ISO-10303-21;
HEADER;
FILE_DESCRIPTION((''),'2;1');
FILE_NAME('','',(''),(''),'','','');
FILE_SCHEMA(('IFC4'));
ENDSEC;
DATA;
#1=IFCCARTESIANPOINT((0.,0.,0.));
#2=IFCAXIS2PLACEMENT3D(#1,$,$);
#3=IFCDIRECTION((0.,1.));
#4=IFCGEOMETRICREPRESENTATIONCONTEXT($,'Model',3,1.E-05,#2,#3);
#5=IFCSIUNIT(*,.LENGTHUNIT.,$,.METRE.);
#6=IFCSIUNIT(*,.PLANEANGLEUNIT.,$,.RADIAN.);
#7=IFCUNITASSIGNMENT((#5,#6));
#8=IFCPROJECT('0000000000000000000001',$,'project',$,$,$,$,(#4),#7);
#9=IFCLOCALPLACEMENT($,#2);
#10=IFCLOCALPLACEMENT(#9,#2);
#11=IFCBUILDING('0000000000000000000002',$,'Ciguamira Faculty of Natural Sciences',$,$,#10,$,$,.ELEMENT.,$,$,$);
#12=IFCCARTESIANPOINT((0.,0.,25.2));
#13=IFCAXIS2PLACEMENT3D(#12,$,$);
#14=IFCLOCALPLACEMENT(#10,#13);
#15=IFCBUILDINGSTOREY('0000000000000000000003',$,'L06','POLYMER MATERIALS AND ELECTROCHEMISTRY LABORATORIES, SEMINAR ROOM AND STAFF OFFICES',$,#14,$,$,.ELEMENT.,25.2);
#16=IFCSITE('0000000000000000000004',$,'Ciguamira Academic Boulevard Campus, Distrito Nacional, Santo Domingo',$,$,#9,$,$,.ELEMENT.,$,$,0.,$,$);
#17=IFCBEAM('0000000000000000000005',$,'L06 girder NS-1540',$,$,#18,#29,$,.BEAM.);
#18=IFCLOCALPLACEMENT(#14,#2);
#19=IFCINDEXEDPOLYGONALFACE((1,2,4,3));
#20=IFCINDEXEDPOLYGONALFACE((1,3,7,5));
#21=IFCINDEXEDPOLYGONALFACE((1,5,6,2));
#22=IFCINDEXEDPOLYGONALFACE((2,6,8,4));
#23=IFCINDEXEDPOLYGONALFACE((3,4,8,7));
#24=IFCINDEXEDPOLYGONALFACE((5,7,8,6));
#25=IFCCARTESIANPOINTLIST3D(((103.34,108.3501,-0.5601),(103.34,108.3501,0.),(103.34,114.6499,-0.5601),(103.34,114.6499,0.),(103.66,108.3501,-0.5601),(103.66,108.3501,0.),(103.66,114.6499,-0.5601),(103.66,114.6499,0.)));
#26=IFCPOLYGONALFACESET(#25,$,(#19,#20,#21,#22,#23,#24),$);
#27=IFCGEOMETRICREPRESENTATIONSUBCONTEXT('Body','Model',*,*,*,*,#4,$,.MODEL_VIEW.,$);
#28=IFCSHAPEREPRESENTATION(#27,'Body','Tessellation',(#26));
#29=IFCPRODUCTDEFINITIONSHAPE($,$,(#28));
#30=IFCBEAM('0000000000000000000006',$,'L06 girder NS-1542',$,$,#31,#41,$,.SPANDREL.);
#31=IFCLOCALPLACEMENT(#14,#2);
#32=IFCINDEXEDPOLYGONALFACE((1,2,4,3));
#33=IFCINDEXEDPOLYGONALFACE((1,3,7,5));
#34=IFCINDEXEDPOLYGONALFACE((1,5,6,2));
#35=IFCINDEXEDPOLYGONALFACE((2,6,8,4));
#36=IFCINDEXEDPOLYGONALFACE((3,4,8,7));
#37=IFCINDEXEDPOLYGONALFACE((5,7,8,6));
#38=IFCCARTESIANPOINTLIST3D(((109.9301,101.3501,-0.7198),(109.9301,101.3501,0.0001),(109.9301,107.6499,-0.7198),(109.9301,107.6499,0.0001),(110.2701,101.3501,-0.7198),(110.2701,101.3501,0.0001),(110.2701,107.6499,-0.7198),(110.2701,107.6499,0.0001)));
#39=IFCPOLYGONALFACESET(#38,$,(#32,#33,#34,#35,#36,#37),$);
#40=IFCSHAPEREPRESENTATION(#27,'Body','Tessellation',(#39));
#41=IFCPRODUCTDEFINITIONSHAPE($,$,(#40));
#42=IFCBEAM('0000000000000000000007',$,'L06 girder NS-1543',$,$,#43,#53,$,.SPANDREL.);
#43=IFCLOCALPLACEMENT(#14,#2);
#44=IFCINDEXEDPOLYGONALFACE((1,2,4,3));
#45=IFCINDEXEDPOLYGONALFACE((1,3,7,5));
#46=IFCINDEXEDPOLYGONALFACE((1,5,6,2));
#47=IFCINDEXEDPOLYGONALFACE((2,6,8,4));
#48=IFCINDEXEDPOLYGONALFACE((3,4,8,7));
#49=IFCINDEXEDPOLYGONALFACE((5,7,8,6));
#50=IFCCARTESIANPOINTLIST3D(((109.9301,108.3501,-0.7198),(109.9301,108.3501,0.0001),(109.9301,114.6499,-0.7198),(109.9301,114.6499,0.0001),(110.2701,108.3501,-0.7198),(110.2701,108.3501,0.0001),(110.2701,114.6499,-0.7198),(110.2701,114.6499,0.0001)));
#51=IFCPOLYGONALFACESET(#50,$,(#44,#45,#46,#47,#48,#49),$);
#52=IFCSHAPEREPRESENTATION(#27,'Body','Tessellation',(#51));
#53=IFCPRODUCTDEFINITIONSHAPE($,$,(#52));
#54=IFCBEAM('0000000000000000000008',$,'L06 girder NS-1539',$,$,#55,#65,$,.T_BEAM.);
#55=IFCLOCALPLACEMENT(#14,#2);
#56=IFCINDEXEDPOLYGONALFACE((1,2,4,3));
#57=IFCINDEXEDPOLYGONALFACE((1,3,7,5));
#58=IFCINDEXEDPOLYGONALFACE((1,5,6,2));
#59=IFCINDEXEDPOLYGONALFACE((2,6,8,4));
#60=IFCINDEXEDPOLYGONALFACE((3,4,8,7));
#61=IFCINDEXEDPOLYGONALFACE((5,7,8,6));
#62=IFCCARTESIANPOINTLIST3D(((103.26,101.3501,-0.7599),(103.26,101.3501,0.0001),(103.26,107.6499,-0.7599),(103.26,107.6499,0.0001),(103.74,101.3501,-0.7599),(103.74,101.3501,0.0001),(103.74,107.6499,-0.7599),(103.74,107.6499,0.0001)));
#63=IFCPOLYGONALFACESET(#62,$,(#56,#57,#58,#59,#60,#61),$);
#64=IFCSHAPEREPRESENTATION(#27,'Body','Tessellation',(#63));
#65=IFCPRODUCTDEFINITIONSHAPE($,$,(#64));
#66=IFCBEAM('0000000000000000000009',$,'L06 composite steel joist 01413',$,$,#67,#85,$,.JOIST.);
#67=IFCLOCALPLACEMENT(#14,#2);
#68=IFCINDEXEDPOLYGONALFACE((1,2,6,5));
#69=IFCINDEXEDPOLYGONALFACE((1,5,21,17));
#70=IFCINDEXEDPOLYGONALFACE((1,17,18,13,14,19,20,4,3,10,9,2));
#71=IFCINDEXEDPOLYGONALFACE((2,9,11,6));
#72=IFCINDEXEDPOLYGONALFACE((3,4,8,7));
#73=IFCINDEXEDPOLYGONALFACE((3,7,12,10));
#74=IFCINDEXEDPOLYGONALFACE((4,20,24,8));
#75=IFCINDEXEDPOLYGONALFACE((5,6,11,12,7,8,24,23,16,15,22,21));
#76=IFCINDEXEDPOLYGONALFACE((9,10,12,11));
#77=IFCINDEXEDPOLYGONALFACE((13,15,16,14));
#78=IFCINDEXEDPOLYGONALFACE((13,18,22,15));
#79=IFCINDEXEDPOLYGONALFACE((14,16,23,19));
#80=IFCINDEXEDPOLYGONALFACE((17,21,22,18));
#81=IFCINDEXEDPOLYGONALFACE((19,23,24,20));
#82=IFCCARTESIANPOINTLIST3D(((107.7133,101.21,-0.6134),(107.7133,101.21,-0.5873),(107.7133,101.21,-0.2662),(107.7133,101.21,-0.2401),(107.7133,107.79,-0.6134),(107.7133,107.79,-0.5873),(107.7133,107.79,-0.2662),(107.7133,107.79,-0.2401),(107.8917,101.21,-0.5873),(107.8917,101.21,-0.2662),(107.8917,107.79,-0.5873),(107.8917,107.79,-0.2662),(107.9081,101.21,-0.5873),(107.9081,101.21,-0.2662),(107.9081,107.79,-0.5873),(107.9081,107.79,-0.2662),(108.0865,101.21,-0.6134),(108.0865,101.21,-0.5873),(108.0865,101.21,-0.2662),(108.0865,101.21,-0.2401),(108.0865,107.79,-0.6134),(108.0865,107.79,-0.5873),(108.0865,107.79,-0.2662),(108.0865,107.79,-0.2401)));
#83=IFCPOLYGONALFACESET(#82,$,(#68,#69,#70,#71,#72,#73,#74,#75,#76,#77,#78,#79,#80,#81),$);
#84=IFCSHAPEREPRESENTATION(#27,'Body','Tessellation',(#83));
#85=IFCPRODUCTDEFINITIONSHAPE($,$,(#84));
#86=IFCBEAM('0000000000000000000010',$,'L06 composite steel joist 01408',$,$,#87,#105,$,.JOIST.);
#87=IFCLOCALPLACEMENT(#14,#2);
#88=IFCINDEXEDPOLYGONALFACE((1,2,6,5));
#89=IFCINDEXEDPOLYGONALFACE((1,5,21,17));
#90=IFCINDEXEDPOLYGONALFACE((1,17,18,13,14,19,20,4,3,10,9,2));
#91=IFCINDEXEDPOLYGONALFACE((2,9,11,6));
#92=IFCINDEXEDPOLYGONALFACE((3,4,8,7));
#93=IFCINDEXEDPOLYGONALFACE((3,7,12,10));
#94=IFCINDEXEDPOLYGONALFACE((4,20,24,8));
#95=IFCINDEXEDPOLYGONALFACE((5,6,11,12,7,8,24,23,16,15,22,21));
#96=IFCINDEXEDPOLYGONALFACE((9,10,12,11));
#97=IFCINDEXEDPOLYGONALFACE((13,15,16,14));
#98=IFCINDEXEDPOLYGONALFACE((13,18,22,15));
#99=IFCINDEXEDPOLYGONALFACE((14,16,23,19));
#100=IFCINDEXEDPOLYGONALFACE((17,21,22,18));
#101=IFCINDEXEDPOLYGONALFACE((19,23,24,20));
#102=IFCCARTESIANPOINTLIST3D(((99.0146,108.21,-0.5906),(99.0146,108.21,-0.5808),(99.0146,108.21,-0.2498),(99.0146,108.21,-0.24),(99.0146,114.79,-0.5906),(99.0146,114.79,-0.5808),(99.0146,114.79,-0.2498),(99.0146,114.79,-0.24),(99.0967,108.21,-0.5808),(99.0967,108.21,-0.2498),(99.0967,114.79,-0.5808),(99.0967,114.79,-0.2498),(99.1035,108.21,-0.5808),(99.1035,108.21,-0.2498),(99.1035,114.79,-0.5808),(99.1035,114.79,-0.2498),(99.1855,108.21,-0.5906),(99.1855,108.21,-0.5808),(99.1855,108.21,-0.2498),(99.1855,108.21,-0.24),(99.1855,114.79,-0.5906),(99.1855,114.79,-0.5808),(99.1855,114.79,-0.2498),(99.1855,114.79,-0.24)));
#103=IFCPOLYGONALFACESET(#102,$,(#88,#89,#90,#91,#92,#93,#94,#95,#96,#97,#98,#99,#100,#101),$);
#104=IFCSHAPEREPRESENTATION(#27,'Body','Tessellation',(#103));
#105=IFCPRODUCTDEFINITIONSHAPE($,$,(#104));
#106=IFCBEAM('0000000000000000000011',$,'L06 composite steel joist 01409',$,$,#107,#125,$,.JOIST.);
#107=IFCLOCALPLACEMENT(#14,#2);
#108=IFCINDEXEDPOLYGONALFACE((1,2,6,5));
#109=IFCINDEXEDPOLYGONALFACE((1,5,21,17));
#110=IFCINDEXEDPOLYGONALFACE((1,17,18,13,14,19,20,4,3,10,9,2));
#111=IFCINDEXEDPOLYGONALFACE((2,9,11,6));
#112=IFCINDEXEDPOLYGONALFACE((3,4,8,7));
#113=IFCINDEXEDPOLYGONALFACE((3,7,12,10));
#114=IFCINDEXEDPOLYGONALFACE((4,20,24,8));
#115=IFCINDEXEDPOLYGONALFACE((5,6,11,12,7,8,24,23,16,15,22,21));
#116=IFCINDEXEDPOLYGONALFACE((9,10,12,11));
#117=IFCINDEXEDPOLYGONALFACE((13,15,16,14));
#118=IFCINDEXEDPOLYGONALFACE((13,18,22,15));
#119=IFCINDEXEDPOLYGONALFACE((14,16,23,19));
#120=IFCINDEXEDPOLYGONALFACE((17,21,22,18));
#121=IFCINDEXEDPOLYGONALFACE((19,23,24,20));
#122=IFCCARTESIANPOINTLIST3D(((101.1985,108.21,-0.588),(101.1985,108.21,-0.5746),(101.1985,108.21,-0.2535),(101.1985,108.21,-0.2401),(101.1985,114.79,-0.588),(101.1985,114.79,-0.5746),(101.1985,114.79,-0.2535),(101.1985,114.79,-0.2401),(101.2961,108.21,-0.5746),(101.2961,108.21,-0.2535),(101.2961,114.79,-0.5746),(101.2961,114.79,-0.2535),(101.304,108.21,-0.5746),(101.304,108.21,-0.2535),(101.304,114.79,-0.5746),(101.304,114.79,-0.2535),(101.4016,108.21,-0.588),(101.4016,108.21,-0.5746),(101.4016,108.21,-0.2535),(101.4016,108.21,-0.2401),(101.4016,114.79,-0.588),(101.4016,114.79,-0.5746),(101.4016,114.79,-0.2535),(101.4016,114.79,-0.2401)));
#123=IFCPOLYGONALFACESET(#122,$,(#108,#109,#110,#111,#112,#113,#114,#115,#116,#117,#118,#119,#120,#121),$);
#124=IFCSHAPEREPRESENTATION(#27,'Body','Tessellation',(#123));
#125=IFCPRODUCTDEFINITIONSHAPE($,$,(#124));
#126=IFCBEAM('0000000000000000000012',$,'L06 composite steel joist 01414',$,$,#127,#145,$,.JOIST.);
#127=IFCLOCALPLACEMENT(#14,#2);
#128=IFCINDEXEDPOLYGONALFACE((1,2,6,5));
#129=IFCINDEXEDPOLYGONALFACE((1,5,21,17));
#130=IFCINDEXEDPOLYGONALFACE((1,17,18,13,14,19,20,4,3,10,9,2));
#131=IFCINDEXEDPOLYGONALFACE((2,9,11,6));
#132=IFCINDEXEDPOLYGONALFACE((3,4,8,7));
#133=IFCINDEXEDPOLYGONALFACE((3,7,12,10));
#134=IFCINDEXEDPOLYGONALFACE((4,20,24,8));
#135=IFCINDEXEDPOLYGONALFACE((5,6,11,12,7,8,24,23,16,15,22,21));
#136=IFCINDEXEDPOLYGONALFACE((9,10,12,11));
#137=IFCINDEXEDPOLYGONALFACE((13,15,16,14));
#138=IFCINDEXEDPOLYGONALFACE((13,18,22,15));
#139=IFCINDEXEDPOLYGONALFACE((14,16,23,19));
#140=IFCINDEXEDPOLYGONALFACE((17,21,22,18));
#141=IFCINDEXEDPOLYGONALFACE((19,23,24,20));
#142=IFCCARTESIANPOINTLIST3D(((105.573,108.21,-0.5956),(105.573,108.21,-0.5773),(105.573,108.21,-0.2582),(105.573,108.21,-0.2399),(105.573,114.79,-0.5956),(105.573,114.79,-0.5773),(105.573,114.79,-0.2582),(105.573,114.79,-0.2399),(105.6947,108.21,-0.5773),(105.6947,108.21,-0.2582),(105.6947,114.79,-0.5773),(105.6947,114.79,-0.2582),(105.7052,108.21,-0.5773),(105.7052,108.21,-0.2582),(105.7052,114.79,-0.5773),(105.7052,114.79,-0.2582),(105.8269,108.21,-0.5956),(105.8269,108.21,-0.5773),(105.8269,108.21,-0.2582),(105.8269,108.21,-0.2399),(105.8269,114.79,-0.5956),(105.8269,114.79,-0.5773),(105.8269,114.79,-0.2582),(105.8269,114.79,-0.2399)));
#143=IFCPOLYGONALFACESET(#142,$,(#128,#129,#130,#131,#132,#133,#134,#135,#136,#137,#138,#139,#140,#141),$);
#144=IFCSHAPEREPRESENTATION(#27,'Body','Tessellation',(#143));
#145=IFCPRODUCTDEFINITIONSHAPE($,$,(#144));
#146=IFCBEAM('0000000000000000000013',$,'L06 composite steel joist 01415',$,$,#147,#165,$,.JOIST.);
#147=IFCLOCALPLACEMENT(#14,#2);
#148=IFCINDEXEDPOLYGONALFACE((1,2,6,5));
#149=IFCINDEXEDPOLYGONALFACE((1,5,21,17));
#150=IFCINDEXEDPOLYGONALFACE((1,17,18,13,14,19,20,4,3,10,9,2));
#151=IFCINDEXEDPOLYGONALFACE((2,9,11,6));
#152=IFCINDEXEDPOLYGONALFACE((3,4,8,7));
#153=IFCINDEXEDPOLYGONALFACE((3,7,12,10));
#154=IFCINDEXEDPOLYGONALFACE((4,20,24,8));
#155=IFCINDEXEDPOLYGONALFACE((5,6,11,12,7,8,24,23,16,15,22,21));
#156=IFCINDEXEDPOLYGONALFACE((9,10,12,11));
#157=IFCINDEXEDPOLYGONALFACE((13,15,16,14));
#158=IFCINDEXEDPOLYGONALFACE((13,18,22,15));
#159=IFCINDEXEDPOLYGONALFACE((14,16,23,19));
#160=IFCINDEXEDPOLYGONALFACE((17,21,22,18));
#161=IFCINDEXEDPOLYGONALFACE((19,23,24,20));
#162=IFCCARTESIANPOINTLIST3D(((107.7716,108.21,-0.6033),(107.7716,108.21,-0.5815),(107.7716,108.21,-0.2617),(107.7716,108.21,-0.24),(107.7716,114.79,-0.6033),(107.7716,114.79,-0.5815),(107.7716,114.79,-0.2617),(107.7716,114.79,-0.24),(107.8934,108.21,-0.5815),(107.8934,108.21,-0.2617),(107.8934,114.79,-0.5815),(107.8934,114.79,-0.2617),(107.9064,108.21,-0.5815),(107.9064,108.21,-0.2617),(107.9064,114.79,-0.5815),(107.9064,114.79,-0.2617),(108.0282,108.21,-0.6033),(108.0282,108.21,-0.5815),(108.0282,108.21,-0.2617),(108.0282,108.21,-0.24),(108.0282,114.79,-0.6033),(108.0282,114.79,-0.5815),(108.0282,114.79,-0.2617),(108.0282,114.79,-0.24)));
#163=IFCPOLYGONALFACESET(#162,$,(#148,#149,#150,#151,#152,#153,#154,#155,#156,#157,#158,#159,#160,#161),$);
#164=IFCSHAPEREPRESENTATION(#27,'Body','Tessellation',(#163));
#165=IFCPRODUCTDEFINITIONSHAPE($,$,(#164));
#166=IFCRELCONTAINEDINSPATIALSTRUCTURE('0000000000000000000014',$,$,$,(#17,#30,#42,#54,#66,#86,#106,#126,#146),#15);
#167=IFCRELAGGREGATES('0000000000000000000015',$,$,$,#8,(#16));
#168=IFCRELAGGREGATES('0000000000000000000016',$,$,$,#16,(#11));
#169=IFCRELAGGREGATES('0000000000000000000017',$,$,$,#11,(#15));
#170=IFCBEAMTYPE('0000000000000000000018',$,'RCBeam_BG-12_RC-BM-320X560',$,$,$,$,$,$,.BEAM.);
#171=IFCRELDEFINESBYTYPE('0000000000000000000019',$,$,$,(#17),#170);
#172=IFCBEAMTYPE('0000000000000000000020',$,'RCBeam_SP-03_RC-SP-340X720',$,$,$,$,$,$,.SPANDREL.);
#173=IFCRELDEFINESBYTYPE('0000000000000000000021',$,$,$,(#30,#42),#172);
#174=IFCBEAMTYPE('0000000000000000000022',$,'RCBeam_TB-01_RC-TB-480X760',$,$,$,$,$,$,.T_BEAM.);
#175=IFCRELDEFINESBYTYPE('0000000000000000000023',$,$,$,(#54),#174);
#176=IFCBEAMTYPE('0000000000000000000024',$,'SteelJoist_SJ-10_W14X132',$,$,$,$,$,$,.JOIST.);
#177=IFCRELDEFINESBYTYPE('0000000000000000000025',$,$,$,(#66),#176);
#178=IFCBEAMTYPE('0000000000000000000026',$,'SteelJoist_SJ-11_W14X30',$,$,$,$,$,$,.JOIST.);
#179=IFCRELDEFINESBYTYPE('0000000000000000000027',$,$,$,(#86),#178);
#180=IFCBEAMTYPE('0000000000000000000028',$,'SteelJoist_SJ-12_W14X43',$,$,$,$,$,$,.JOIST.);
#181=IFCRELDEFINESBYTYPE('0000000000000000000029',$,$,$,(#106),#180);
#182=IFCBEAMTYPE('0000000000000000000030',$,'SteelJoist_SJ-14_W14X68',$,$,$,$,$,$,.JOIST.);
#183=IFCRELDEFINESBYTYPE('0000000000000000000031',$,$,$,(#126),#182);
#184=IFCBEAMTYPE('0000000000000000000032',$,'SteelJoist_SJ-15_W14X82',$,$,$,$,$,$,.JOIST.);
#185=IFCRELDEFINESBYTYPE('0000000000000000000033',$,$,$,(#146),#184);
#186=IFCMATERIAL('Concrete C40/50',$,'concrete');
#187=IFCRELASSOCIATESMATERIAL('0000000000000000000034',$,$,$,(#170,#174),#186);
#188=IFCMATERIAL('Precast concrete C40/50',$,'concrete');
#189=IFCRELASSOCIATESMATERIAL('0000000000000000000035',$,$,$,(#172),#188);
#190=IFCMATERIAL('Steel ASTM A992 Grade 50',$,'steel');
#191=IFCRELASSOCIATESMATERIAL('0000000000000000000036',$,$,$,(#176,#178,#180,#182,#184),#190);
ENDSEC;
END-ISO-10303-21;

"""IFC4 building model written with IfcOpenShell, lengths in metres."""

from ifc_helpers import new_model, si_unit, direction, frame, origin, origin_2d, place, context, subcontext, project, spatial, rectangle, i_section, extrude, material, material_profile, profile_set, type_object, element, save


model = new_model("IFC4")

# Units and contexts
model_context = context("Model", 3, precision=1e-05, world=origin(), true_north=direction((0.0, 1.0)))
body_context = subcontext(model_context, "Body", "Model", "MODEL_VIEW")
ifc_project = project(units=[si_unit("LENGTHUNIT", "METRE"), si_unit("PLANEANGLEUNIT", "RADIAN")], contexts=[model_context])

# Site, building, storey
site_placement = place(None, origin())
site = spatial("IfcSite", under=ifc_project, at=site_placement, Name="Ciguamira Academic Boulevard Campus, Distrito Nacional, Santo Domingo", CompositionType="ELEMENT", RefElevation=0.0)
building_placement = place(site_placement, origin())
building = spatial("IfcBuilding", under=site, at=building_placement, Name="Ciguamira Faculty of Natural Sciences", CompositionType="ELEMENT")
storey_placement = place(building_placement, frame((0.0, 0.0, 25.2)))
storey = spatial("IfcBuildingStorey", under=building, at=storey_placement, Name="L06", Description="POLYMER MATERIALS AND ELECTROCHEMISTRY LABORATORIES, SEMINAR ROOM AND STAFF OFFICES", CompositionType="ELEMENT", Elevation=25.2)

# Shared definitions
ifc_material_1 = material(Name="Concrete C40/50", Category="concrete")

# Beams
ifc_material_profile_1 = material_profile(ifc_material_1, rectangle(XDim=0.3201, YDim=0.5601, at=origin_2d()), Name="RC-BM-320X560")
ifc_profile_set_1 = profile_set([ifc_material_profile_1], Name="Concrete C40/50")
beam_type_1 = type_object("IfcBeamType", Name="RCBeam_BG-12_RC-BM-320X560", PredefinedType="BEAM", material=ifc_profile_set_1)
beam_1_placement = place(storey_placement, frame((103.5, 108.3501, -0.28), z_axis=(0.0, 1.0, 0.0), x_axis=(-1.0, 0.0, 0.0)))
element("IfcBeam", 1, at=beam_1_placement, inside=storey, type_object=beam_type_1, Name="L06 girder NS-1540", PredefinedType="BEAM", context=body_context, shape_type="SweptSolid", body=[
    extrude(rectangle(XDim=0.3201, YDim=0.5601, at=origin_2d()), origin(), (0.0, 0.0, 1.0), 6.2998),
])
ifc_material_2 = material(Name="Precast concrete C40/50", Category="concrete")
ifc_material_profile_2 = material_profile(ifc_material_2, rectangle(XDim=0.3401, YDim=0.72, at=origin_2d()), Name="RC-SP-340X720")
ifc_profile_set_2 = profile_set([ifc_material_profile_2], Name="Precast concrete C40/50")
beam_type_2 = type_object("IfcBeamType", Name="RCBeam_SP-03_RC-SP-340X720", PredefinedType="SPANDREL", material=ifc_profile_set_2)
for number, where, z_axis, x_axis, name in (
    (2, (110.1001, 101.3501, -0.3599), (0.0, 1.0, 0.0), (-1.0, 0.0, 0.0), "L06 girder NS-1542"),
    (3, (110.1001, 108.3501, -0.3599), (0.0, 1.0, 0.0), (-1.0, 0.0, 0.0), "L06 girder NS-1543"),
):
    element("IfcBeam", number, at=place(storey_placement, frame(where, z_axis=z_axis, x_axis=x_axis)), inside=storey, type_object=beam_type_2, Name=name, PredefinedType="SPANDREL", context=body_context, shape_type="SweptSolid", body=[
        extrude(rectangle(XDim=0.3401, YDim=0.72, at=origin_2d()), origin(), (0.0, 0.0, 1.0), 6.2998),
    ])
ifc_material_profile_3 = material_profile(ifc_material_1, rectangle(XDim=0.48, YDim=0.76, at=origin_2d()), Name="RC-TB-480X760")
ifc_profile_set_3 = profile_set([ifc_material_profile_3], Name="Concrete C40/50")
beam_type_3 = type_object("IfcBeamType", Name="RCBeam_TB-01_RC-TB-480X760", PredefinedType="T_BEAM", material=ifc_profile_set_3)
beam_2_placement = place(storey_placement, frame((103.5, 101.3501, -0.3799), z_axis=(0.0, 1.0, 0.0), x_axis=(-1.0, 0.0, 0.0)))
element("IfcBeam", 4, at=beam_2_placement, inside=storey, type_object=beam_type_3, Name="L06 girder NS-1539", PredefinedType="T_BEAM", context=body_context, shape_type="SweptSolid", body=[
    extrude(rectangle(XDim=0.48, YDim=0.76, at=origin_2d()), origin(), (0.0, 0.0, 1.0), 6.2998),
])
ifc_material_3 = material(Name="Steel ASTM A992 Grade 50", Category="steel")
ifc_material_profile_4 = material_profile(ifc_material_3, i_section(OverallWidth=0.3733, OverallDepth=0.3733, WebThickness=0.0164, FlangeThickness=0.0261, at=origin_2d()), Name="W14X132")
ifc_profile_set_4 = profile_set([ifc_material_profile_4], Name="Steel ASTM A992 Grade 50")
beam_type_4 = type_object("IfcBeamType", Name="SteelJoist_SJ-10_W14X132", PredefinedType="JOIST", material=ifc_profile_set_4)
beam_3_placement = place(storey_placement, frame((107.8999, 101.21, -0.4268), z_axis=(0.0, 1.0, 0.0), x_axis=(-1.0, 0.0, 0.0)))
element("IfcBeam", 5, at=beam_3_placement, inside=storey, type_object=beam_type_4, Name="L06 composite steel joist 01413", PredefinedType="JOIST", context=body_context, shape_type="SweptSolid", body=[
    extrude(i_section(OverallWidth=0.3733, OverallDepth=0.3733, WebThickness=0.0164, FlangeThickness=0.0261, at=origin_2d()), origin(), (0.0, 0.0, 1.0), 6.5801),
])
ifc_material_profile_5 = material_profile(ifc_material_3, i_section(OverallWidth=0.1709, OverallDepth=0.3506, WebThickness=0.0068, FlangeThickness=0.0098, at=origin_2d()), Name="W14X30")
ifc_profile_set_5 = profile_set([ifc_material_profile_5], Name="Steel ASTM A992 Grade 50")
beam_type_5 = type_object("IfcBeamType", Name="SteelJoist_SJ-11_W14X30", PredefinedType="JOIST", material=ifc_profile_set_5)
beam_4_placement = place(storey_placement, frame((99.1001, 108.21, -0.4153), z_axis=(0.0, 1.0, 0.0), x_axis=(-1.0, 0.0, 0.0)))
element("IfcBeam", 6, at=beam_4_placement, inside=storey, type_object=beam_type_5, Name="L06 composite steel joist 01408", PredefinedType="JOIST", context=body_context, shape_type="SweptSolid", body=[
    extrude(i_section(OverallWidth=0.1709, OverallDepth=0.3506, WebThickness=0.0068, FlangeThickness=0.0098, at=origin_2d()), origin(), (0.0, 0.0, 1.0), 6.5801),
])
ifc_material_profile_6 = material_profile(ifc_material_3, i_section(OverallWidth=0.2031, OverallDepth=0.3479, WebThickness=0.0078, FlangeThickness=0.0134, at=origin_2d()), Name="W14X43")
ifc_profile_set_6 = profile_set([ifc_material_profile_6], Name="Steel ASTM A992 Grade 50")
beam_type_6 = type_object("IfcBeamType", Name="SteelJoist_SJ-12_W14X43", PredefinedType="JOIST", material=ifc_profile_set_6)
beam_5_placement = place(storey_placement, frame((101.3, 108.21, -0.4141), z_axis=(0.0, 1.0, 0.0), x_axis=(-1.0, 0.0, 0.0)))
element("IfcBeam", 7, at=beam_5_placement, inside=storey, type_object=beam_type_6, Name="L06 composite steel joist 01409", PredefinedType="JOIST", context=body_context, shape_type="SweptSolid", body=[
    extrude(i_section(OverallWidth=0.2031, OverallDepth=0.3479, WebThickness=0.0078, FlangeThickness=0.0134, at=origin_2d()), origin(), (0.0, 0.0, 1.0), 6.5801),
])
ifc_material_profile_7 = material_profile(ifc_material_3, i_section(OverallWidth=0.2539, OverallDepth=0.3557, WebThickness=0.0105, FlangeThickness=0.0183, at=origin_2d()), Name="W14X68")
ifc_profile_set_7 = profile_set([ifc_material_profile_7], Name="Steel ASTM A992 Grade 50")
beam_type_7 = type_object("IfcBeamType", Name="SteelJoist_SJ-14_W14X68", PredefinedType="JOIST", material=ifc_profile_set_7)
beam_6_placement = place(storey_placement, frame((105.7, 108.21, -0.4177), z_axis=(0.0, 1.0, 0.0), x_axis=(-1.0, 0.0, 0.0)))
element("IfcBeam", 8, at=beam_6_placement, inside=storey, type_object=beam_type_7, Name="L06 composite steel joist 01414", PredefinedType="JOIST", context=body_context, shape_type="SweptSolid", body=[
    extrude(i_section(OverallWidth=0.2539, OverallDepth=0.3557, WebThickness=0.0105, FlangeThickness=0.0183, at=origin_2d()), origin(), (0.0, 0.0, 1.0), 6.5801),
])
ifc_material_profile_8 = material_profile(ifc_material_3, i_section(OverallWidth=0.2566, OverallDepth=0.3633, WebThickness=0.0129, FlangeThickness=0.0217, at=origin_2d()), Name="W14X82")
ifc_profile_set_8 = profile_set([ifc_material_profile_8], Name="Steel ASTM A992 Grade 50")
beam_type_8 = type_object("IfcBeamType", Name="SteelJoist_SJ-15_W14X82", PredefinedType="JOIST", material=ifc_profile_set_8)
beam_7_placement = place(storey_placement, frame((107.8999, 108.21, -0.4216), z_axis=(0.0, 1.0, 0.0), x_axis=(-1.0, 0.0, 0.0)))
element("IfcBeam", 9, at=beam_7_placement, inside=storey, type_object=beam_type_8, Name="L06 composite steel joist 01415", PredefinedType="JOIST", context=body_context, shape_type="SweptSolid", body=[
    extrude(i_section(OverallWidth=0.2566, OverallDepth=0.3633, WebThickness=0.0129, FlangeThickness=0.0217, at=origin_2d()), origin(), (0.0, 0.0, 1.0), 6.5801),
])

save(model, "model.ifc")
